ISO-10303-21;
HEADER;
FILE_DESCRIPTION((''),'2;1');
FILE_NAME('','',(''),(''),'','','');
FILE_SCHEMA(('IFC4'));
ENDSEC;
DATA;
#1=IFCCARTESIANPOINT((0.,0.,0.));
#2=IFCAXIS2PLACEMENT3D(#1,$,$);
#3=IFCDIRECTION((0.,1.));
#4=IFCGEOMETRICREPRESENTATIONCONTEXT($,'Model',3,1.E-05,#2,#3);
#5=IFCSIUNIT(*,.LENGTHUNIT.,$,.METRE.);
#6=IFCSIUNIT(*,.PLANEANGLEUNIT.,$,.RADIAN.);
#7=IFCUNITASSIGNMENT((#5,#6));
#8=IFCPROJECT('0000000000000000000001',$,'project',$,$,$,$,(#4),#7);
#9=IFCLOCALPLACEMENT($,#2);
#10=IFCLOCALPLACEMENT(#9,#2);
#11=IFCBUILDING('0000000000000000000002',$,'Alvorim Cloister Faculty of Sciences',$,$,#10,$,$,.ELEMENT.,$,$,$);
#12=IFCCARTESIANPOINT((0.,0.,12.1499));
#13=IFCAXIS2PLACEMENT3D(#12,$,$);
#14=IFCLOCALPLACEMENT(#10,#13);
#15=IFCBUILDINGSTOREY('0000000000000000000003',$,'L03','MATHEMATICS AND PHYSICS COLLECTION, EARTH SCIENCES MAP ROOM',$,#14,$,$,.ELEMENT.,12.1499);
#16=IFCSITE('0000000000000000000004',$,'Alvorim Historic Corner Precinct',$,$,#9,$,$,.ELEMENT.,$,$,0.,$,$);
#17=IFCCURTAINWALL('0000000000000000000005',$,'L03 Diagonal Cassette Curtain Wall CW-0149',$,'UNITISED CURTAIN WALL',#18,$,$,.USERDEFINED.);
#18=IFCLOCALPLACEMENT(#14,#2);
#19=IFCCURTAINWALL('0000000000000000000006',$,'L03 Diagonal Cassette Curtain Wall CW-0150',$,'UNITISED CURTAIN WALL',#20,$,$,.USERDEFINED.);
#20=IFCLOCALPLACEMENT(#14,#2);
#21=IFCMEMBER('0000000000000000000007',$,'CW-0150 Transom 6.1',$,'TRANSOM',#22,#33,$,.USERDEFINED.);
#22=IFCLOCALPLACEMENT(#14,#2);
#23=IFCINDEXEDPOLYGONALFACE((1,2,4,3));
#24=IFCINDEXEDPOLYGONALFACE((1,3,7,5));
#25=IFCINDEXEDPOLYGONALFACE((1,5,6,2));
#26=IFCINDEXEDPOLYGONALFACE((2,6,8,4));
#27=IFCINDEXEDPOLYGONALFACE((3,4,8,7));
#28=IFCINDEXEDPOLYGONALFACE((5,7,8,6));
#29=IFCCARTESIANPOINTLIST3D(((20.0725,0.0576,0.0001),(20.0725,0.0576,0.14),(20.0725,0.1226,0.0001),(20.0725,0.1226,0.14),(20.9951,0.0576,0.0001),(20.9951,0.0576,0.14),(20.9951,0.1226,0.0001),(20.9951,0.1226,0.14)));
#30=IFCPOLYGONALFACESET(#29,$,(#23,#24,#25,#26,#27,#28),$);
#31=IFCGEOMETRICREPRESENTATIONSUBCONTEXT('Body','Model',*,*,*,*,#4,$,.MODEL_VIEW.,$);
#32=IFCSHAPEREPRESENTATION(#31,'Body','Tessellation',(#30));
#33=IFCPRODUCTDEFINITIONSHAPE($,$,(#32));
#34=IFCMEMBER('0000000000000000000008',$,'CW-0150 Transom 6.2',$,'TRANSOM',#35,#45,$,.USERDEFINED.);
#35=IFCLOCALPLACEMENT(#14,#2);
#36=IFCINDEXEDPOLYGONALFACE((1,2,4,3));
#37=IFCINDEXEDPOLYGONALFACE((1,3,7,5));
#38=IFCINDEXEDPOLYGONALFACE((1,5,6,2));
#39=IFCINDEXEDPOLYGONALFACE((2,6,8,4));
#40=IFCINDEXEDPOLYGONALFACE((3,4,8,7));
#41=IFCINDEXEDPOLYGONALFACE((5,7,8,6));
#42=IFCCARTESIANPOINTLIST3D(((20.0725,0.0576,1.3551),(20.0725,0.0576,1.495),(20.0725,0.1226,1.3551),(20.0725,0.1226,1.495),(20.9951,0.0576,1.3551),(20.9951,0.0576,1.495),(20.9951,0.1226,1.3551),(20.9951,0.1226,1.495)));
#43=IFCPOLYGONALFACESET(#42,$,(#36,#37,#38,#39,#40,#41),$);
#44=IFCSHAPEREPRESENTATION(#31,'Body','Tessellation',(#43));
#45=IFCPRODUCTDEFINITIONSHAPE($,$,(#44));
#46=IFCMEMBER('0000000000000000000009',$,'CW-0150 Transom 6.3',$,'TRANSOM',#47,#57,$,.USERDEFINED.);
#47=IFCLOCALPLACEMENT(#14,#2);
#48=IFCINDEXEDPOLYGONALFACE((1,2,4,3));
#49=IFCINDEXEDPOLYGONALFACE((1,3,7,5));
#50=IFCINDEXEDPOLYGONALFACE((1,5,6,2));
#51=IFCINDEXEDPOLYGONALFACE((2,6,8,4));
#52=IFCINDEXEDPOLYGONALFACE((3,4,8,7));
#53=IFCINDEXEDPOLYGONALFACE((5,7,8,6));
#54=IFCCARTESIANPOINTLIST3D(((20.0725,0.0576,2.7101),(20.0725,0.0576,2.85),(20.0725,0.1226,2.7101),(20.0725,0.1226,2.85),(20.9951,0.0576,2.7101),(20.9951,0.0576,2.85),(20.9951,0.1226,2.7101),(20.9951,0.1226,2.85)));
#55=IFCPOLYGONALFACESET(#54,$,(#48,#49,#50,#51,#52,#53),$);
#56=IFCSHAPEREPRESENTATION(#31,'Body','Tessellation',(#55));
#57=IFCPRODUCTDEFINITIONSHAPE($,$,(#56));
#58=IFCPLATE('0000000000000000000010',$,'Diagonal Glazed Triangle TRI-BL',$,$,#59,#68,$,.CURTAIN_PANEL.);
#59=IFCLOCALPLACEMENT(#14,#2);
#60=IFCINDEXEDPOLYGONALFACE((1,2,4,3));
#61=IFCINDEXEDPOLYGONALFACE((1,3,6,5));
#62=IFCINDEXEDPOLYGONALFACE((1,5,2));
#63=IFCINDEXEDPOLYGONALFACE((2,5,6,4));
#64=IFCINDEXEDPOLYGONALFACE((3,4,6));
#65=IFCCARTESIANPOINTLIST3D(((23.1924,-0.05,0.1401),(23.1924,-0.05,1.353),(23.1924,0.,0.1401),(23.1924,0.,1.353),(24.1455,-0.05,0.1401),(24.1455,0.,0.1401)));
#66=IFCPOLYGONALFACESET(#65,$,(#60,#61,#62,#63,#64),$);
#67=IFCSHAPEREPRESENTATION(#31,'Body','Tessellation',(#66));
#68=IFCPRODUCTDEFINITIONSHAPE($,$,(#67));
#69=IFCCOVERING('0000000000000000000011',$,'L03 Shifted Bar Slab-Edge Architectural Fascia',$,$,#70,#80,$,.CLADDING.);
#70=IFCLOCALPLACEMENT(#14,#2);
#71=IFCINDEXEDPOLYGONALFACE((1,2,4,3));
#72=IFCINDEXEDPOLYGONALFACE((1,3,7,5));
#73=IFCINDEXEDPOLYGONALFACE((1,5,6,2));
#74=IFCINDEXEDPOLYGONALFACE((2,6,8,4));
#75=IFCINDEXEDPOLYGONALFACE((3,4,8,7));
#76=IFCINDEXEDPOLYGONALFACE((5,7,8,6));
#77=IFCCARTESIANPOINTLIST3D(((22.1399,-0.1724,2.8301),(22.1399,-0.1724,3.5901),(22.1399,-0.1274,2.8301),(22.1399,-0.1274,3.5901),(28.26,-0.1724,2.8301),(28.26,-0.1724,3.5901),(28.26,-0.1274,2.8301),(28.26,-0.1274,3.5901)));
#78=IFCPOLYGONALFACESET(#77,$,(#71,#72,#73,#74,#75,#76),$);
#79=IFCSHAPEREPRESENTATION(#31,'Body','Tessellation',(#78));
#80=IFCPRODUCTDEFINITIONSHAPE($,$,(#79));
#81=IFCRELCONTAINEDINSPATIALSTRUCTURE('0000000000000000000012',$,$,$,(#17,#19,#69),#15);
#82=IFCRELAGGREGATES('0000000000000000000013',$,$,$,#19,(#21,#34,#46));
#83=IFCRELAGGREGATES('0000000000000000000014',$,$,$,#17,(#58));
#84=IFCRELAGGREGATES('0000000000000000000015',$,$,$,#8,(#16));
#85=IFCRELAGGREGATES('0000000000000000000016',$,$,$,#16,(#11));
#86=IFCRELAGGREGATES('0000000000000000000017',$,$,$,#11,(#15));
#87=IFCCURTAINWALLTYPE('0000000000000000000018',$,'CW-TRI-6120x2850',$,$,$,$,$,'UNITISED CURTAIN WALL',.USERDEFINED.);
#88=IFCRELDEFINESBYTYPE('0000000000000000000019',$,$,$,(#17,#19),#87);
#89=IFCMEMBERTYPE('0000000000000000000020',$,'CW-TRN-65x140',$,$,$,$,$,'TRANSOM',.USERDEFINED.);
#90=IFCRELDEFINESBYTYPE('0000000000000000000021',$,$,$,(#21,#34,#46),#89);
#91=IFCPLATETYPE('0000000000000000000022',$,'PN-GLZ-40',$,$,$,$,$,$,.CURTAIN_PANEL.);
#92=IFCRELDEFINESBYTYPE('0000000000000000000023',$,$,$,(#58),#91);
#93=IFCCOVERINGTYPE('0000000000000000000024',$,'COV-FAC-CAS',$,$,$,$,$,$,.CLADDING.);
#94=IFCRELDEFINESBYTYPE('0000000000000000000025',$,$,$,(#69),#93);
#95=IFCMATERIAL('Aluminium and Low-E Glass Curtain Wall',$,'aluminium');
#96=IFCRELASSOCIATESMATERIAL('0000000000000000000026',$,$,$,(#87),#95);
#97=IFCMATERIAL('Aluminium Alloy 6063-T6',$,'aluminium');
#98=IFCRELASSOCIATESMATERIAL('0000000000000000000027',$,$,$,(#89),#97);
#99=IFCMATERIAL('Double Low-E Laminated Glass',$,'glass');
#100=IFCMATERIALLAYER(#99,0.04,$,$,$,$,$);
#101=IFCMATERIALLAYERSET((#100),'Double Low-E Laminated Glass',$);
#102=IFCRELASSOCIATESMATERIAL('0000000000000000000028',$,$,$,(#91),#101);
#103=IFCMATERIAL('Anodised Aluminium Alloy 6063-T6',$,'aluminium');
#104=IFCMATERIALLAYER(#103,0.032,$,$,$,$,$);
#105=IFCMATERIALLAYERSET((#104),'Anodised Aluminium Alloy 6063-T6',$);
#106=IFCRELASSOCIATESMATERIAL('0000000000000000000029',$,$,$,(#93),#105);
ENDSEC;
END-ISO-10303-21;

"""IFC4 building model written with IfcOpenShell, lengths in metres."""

from ifc_helpers import new_model, si_unit, direction, frame, origin, origin_2d, place, context, subcontext, project, spatial, polyline, rectangle, outline, extrude, material, layer, layer_set, material_profile, profile_set, type_object, element, aggregate, save


model = new_model("IFC4")

# Units and contexts
model_context = context("Model", 3, precision=1e-05, world=origin(), true_north=direction((0.0, 1.0)))
body_context = subcontext(model_context, "Body", "Model", "MODEL_VIEW")
ifc_project = project(units=[si_unit("LENGTHUNIT", "METRE"), si_unit("PLANEANGLEUNIT", "RADIAN")], contexts=[model_context])

# Site, building, storey
site_placement = place(None, origin())
site = spatial("IfcSite", under=ifc_project, at=site_placement, Name="Alvorim Historic Corner Precinct", CompositionType="ELEMENT", RefElevation=0.0)
building_placement = place(site_placement, origin())
building = spatial("IfcBuilding", under=site, at=building_placement, Name="Alvorim Cloister Faculty of Sciences", CompositionType="ELEMENT")
storey_placement = place(building_placement, frame((0.0, 0.0, 12.1499)))
storey = spatial("IfcBuildingStorey", under=building, at=storey_placement, Name="L03", Description="MATHEMATICS AND PHYSICS COLLECTION, EARTH SCIENCES MAP ROOM", CompositionType="ELEMENT", Elevation=12.1499)

# Curtain wall
ifc_material_1 = material(Name="Aluminium and Low-E Glass Curtain Wall", Category="aluminium")
curtain_wall_type = type_object("IfcCurtainWallType", Name="CW-TRI-6120x2850", ElementType="UNITISED CURTAIN WALL", PredefinedType="USERDEFINED", material=ifc_material_1)
curtain_wall_1_placement = place(storey_placement, origin())
curtain_wall_1 = element("IfcCurtainWall", 1, at=curtain_wall_1_placement, inside=storey, type_object=curtain_wall_type, Name="L03 Diagonal Cassette Curtain Wall CW-0149", ObjectType="UNITISED CURTAIN WALL", PredefinedType="USERDEFINED")
ifc_material_2 = material(Name="Aluminium Alloy 6063-T6", Category="aluminium")

# Curtain wall
curtain_wall_2_placement = place(storey_placement, origin())
curtain_wall_2 = element("IfcCurtainWall", 2, at=curtain_wall_2_placement, inside=storey, type_object=curtain_wall_type, Name="L03 Diagonal Cassette Curtain Wall CW-0150", ObjectType="UNITISED CURTAIN WALL", PredefinedType="USERDEFINED")

# Members
ifc_material_profile_1 = material_profile(ifc_material_2, rectangle(XDim=0.0649, YDim=0.1399, at=origin_2d()), Name="ALU-TRN-65x140")
ifc_profile_set_1 = profile_set([ifc_material_profile_1], Name="Aluminium Alloy 6063-T6")
member_type_1 = type_object("IfcMemberType", Name="CW-TRN-65x140", ElementType="TRANSOM", PredefinedType="USERDEFINED", material=ifc_profile_set_1)
member_1_placement = place(storey_placement, frame((20.0725, 0.0901, 0.0701), z_axis=(1.0, 0.0, 0.0), x_axis=(0.0, 1.0, 0.0)))
member_1 = element("IfcMember", 3, at=member_1_placement, type_object=member_type_1, Name="CW-0150 Transom 6.1", ObjectType="TRANSOM", PredefinedType="USERDEFINED", context=body_context, shape_type="SweptSolid", body=[
    extrude(rectangle(XDim=0.0649, YDim=0.1399, at=origin_2d()), origin(), (0.0, 0.0, 1.0), 0.9226),
])
member_2_placement = place(storey_placement, frame((20.0725, 0.0901, 1.425), z_axis=(1.0, 0.0, 0.0), x_axis=(0.0, 1.0, 0.0)))
member_2 = element("IfcMember", 4, at=member_2_placement, type_object=member_type_1, Name="CW-0150 Transom 6.2", ObjectType="TRANSOM", PredefinedType="USERDEFINED", context=body_context, shape_type="SweptSolid", body=[
    extrude(rectangle(XDim=0.0649, YDim=0.1399, at=origin_2d()), origin(), (0.0, 0.0, 1.0), 0.9226),
])
member_3_placement = place(storey_placement, frame((20.0725, 0.0901, 2.78), z_axis=(1.0, 0.0, 0.0), x_axis=(0.0, 1.0, 0.0)))
member_3 = element("IfcMember", 5, at=member_3_placement, type_object=member_type_1, Name="CW-0150 Transom 6.3", ObjectType="TRANSOM", PredefinedType="USERDEFINED", context=body_context, shape_type="SweptSolid", body=[
    extrude(rectangle(XDim=0.0649, YDim=0.1399, at=origin_2d()), origin(), (0.0, 0.0, 1.0), 0.9226),
])
aggregate(curtain_wall_2, [member_1, member_2, member_3])

# Plate
ifc_material_3 = material(Name="Double Low-E Laminated Glass", Category="glass")
ifc_layer_1 = layer(ifc_material_3, 0.04)
ifc_layer_set_1 = layer_set([ifc_layer_1], Name="Double Low-E Laminated Glass")
plate_type = type_object("IfcPlateType", Name="PN-GLZ-40", PredefinedType="CURTAIN_PANEL", material=ifc_layer_set_1)
plate_1_placement = place(storey_placement, frame((23.1924, -0.0249, 0.1401), z_axis=(0.0, 0.0, 1.0), x_axis=(1.0, 0.0, 0.0)))
plate_1 = element("IfcPlate", 6, at=plate_1_placement, type_object=plate_type, Name="Diagonal Glazed Triangle TRI-BL", PredefinedType="CURTAIN_PANEL", context=body_context, shape_type="SweptSolid", body=[
    extrude(outline(polyline([(0.0, 0.0), (0.9531, 0.0), (0.0, 1.2129), (0.0, 0.0)])), frame((0.0, 0.0249, 0.0), z_axis=(0.0, -1.0, 0.0), x_axis=(1.0, 0.0, 0.0)), (0.0, 0.0, 1.0), 0.05),
])
aggregate(curtain_wall_1, [plate_1])

# Covering
ifc_material_4 = material(Name="Anodised Aluminium Alloy 6063-T6", Category="aluminium")
ifc_layer_2 = layer(ifc_material_4, 0.032)
ifc_layer_set_2 = layer_set([ifc_layer_2], Name="Anodised Aluminium Alloy 6063-T6")
covering_type = type_object("IfcCoveringType", Name="COV-FAC-CAS", PredefinedType="CLADDING", material=ifc_layer_set_2)
covering_placement = place(storey_placement, frame((22.1399, -0.1499, 2.8301), z_axis=(0.0, 0.0, 1.0), x_axis=(1.0, 0.0, 0.0)))
element("IfcCovering", 7, at=covering_placement, inside=storey, type_object=covering_type, Name="L03 Shifted Bar Slab-Edge Architectural Fascia", PredefinedType="CLADDING", context=body_context, shape_type="SweptSolid", body=[
    extrude(outline(polyline([(0.0, 0.0), (6.1201, 0.0), (6.1201, 0.76), (0.0, 0.76), (0.0, 0.0)])), frame((0.0, 0.0225, 0.0), z_axis=(0.0, -1.0, 0.0), x_axis=(1.0, 0.0, 0.0)), (0.0, 0.0, 1.0), 0.0449),
])

save(model, "model.ifc")
